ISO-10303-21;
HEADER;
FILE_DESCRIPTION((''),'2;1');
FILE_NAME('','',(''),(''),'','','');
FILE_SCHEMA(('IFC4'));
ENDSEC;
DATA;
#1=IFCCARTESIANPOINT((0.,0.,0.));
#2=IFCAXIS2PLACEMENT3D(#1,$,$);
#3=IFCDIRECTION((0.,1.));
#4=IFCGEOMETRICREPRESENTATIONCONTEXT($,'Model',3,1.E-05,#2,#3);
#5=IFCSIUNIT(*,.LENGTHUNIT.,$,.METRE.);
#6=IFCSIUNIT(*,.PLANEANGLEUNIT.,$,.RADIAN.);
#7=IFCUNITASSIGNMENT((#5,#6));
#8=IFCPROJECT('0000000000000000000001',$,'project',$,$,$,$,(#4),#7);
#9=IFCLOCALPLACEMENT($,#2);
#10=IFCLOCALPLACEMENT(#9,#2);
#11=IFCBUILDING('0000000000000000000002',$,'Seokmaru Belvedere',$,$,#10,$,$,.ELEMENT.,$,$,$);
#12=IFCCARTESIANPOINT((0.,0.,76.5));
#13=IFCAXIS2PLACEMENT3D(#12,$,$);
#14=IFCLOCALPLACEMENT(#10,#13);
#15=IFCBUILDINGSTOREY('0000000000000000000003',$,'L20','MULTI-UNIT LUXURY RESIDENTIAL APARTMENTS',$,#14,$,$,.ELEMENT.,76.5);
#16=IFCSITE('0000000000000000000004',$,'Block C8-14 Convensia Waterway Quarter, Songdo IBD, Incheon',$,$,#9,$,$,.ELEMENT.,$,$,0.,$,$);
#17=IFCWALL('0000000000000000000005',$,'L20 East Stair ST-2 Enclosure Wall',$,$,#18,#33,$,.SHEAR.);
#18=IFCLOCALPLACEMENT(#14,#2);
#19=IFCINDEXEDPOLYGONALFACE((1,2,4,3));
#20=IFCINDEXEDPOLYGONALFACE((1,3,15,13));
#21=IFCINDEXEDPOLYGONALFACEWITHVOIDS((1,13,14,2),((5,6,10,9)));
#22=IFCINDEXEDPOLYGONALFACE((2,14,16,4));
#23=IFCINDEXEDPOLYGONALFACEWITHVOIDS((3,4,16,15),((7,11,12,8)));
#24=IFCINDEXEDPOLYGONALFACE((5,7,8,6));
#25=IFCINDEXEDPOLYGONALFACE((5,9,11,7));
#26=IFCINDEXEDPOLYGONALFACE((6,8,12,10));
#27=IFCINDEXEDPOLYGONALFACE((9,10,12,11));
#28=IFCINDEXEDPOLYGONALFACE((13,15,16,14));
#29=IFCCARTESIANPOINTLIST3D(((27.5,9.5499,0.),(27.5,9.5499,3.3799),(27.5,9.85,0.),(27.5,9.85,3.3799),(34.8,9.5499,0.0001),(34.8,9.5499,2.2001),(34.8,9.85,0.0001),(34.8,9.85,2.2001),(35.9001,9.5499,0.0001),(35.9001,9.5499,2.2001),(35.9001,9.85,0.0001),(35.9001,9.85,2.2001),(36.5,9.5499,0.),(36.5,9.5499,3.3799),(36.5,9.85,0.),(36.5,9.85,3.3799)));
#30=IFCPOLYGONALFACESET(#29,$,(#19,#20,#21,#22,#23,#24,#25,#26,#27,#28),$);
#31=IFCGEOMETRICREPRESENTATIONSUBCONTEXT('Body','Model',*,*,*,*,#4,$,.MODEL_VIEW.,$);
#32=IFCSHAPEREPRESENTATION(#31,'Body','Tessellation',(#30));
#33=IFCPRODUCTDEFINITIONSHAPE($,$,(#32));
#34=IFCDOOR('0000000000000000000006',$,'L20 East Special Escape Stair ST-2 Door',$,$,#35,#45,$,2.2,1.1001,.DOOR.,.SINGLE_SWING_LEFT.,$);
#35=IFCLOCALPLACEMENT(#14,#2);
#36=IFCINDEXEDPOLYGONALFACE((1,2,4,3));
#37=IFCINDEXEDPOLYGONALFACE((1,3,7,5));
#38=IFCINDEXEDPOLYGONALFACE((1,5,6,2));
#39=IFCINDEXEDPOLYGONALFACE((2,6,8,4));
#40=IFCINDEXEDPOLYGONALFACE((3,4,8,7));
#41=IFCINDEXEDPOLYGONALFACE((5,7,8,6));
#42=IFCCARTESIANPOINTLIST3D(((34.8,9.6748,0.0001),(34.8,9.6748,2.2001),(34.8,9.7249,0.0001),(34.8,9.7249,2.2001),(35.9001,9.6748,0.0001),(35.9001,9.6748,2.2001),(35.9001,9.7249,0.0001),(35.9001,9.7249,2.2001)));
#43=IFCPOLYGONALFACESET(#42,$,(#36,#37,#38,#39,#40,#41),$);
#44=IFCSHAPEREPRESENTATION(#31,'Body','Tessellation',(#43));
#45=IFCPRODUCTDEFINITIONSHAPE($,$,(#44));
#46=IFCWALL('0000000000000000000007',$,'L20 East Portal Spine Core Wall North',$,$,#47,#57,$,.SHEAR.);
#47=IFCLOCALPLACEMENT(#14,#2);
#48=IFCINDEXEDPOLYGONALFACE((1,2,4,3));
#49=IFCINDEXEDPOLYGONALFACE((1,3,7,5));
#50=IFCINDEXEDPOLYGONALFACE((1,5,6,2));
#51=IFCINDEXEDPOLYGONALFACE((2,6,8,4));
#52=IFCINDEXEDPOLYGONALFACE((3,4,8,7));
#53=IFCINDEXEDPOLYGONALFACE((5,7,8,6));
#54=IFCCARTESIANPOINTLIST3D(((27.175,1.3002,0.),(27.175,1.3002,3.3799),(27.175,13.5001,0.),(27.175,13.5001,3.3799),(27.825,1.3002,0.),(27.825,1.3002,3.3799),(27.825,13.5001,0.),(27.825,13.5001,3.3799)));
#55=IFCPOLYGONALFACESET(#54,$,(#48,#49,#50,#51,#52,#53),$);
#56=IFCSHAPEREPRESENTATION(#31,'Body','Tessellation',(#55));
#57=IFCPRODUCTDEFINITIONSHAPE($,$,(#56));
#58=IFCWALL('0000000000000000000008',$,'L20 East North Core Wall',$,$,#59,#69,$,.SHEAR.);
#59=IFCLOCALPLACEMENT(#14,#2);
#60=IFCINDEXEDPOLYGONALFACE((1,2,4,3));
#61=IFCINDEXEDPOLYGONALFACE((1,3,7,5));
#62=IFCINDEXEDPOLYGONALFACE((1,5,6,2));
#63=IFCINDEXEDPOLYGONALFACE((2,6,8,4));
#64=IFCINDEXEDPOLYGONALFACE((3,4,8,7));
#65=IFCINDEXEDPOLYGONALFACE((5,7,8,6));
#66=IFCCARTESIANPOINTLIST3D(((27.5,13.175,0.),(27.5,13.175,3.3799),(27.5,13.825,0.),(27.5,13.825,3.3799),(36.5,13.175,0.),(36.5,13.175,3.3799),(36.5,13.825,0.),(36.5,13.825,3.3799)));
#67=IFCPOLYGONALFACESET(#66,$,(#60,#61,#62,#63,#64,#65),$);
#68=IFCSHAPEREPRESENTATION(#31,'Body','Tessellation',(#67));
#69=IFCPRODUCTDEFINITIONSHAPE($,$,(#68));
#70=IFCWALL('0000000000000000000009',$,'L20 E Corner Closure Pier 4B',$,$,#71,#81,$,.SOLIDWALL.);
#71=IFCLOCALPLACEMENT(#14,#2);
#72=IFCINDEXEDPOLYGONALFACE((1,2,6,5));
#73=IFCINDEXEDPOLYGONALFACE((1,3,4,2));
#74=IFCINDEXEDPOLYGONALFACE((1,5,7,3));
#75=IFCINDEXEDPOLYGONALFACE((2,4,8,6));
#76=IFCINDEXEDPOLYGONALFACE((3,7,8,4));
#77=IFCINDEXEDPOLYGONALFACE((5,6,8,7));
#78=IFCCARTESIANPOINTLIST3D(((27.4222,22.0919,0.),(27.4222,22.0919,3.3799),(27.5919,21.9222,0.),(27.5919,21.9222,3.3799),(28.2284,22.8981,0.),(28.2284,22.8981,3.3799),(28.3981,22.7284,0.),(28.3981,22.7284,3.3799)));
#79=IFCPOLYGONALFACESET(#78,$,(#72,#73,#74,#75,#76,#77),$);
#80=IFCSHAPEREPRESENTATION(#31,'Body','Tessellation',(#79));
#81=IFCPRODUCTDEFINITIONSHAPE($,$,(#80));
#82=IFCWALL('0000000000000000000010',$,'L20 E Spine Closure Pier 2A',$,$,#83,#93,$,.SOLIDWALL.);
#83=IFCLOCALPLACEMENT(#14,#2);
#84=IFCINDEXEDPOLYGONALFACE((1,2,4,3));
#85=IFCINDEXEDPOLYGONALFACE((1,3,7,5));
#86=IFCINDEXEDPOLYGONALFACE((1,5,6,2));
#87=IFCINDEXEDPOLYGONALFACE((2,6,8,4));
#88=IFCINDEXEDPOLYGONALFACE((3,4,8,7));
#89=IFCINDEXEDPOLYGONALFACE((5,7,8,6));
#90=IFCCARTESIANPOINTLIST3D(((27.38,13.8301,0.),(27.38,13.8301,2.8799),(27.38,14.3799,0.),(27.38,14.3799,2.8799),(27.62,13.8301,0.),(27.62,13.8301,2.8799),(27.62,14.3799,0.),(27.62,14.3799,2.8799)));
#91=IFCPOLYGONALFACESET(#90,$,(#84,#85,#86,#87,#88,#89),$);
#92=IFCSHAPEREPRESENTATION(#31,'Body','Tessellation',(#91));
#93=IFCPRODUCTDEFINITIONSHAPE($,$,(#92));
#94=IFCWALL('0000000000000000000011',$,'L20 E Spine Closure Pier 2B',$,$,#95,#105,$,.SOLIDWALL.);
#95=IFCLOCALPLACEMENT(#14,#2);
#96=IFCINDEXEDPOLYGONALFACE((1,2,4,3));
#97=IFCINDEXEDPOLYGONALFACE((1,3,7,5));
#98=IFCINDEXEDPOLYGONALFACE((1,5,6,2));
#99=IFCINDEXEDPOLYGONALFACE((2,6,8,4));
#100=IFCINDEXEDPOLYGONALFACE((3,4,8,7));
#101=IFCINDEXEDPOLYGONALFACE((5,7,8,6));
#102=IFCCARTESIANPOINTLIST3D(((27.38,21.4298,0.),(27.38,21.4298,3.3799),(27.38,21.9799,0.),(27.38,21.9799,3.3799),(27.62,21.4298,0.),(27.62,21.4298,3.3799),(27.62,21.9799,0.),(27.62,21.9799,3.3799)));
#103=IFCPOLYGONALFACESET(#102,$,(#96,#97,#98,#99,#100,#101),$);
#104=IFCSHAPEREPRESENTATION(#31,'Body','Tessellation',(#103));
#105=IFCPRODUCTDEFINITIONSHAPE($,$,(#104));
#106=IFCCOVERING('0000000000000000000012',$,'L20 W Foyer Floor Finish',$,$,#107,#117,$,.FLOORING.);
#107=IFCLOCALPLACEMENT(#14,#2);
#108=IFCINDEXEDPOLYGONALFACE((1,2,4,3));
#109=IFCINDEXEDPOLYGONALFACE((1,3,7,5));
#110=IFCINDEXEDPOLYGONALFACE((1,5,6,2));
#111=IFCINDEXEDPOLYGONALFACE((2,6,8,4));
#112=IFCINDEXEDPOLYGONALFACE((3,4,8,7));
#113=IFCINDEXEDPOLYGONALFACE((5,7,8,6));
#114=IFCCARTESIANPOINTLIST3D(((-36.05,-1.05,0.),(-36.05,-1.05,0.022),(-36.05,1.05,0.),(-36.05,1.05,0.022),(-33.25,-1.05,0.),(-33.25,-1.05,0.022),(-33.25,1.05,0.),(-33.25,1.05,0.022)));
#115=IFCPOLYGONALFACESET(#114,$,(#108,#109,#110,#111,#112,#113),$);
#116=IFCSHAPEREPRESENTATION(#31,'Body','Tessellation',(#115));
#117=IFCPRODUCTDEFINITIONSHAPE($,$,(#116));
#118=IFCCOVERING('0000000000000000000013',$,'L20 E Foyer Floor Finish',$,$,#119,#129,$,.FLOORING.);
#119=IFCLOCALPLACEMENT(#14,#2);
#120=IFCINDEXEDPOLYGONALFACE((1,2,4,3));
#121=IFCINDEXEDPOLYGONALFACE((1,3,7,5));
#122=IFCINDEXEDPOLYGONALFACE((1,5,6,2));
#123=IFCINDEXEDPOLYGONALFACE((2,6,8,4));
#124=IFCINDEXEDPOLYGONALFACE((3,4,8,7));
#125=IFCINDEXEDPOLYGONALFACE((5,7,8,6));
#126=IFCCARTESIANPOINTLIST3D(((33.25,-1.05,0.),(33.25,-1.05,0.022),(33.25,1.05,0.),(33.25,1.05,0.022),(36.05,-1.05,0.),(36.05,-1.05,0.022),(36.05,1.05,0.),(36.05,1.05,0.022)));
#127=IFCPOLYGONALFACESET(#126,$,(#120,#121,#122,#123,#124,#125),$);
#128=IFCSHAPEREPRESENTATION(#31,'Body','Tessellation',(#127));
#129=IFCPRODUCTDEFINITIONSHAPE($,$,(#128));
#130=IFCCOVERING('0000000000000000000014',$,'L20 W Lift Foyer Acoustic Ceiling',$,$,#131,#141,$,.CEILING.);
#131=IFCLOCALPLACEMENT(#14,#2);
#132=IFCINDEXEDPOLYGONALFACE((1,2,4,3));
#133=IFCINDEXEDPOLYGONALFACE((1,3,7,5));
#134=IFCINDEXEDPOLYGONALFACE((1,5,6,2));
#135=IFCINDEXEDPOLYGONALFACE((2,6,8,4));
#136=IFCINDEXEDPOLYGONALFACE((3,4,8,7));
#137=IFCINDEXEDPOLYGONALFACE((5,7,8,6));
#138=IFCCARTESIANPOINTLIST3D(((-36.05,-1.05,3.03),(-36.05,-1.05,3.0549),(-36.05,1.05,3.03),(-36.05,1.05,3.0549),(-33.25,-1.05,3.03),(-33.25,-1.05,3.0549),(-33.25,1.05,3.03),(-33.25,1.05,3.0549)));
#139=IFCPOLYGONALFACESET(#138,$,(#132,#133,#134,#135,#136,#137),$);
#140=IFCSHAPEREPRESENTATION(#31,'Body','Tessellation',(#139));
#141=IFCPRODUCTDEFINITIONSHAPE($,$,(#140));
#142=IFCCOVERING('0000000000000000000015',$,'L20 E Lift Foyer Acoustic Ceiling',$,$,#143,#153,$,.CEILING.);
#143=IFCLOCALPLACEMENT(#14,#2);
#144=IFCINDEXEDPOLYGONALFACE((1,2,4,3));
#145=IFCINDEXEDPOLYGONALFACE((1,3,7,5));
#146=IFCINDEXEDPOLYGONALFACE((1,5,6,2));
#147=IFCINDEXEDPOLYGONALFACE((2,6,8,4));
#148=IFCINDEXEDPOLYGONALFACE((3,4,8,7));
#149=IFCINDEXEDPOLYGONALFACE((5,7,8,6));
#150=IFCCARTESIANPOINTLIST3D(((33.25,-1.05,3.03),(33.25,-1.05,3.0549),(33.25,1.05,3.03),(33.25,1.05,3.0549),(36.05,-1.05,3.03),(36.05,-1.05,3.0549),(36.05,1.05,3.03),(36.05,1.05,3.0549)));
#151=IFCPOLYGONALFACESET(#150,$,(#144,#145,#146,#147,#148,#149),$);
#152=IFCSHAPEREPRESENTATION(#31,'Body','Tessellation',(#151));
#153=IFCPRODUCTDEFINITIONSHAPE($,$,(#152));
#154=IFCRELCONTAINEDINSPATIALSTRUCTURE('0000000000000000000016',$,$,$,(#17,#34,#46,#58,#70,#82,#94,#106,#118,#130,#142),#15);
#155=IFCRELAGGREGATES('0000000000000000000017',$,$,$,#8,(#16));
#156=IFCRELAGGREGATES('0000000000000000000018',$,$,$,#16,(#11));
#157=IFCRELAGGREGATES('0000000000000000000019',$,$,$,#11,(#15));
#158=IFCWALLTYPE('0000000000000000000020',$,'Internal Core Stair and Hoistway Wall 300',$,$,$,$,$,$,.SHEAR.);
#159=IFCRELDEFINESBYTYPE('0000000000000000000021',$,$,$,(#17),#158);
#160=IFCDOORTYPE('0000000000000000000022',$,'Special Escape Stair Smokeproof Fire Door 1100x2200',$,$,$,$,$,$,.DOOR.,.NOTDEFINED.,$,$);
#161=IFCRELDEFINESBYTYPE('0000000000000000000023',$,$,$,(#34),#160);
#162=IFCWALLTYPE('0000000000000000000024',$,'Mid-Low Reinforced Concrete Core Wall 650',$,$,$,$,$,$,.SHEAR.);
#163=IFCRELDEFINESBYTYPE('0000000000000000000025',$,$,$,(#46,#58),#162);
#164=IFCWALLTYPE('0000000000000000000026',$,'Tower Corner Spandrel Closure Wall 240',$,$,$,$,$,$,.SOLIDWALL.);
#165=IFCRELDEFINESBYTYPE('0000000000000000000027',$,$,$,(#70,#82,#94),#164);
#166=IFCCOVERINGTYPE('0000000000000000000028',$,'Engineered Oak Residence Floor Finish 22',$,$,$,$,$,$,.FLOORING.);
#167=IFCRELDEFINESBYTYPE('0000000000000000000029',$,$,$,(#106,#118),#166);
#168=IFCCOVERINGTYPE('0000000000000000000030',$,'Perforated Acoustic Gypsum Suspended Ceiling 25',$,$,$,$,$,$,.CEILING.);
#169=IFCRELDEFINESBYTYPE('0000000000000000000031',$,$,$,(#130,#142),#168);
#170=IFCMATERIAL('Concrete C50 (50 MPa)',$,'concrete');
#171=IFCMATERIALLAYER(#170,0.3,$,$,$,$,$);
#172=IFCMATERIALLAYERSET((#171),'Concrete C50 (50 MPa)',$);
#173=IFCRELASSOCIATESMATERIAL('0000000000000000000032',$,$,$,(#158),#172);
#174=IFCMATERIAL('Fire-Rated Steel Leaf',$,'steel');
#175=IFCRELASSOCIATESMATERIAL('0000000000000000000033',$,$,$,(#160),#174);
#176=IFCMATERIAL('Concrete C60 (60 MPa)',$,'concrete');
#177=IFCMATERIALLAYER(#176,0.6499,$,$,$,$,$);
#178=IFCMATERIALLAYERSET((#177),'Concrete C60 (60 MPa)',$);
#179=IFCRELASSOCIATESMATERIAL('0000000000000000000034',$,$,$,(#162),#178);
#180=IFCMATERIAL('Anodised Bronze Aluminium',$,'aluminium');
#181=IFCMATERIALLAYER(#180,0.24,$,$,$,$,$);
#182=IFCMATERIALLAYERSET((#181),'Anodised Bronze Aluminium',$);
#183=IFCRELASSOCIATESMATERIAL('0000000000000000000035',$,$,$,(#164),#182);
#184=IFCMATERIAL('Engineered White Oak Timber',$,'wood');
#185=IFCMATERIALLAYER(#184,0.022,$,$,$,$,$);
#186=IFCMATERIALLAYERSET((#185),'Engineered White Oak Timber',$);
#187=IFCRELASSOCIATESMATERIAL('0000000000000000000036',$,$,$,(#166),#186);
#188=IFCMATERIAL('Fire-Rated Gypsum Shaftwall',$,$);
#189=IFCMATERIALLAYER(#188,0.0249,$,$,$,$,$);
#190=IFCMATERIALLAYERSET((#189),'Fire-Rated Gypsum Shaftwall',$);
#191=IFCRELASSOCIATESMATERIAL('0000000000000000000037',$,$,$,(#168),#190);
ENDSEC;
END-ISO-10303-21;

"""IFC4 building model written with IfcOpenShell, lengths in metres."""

from ifc_helpers import new_model, si_unit, direction, frame, frame_2d, origin, place, context, subcontext, project, spatial, polyline, rectangle, outline, extrude, source, transform, mapped, material, layer, layer_set, type_object, type_shapes, element, fill, save


model = new_model("IFC4")

# Units and contexts
model_context = context("Model", 3, precision=1e-05, world=origin(), true_north=direction((0.0, 1.0)))
body_context = subcontext(model_context, "Body", "Model", "MODEL_VIEW")
ifc_project = project(units=[si_unit("LENGTHUNIT", "METRE"), si_unit("PLANEANGLEUNIT", "RADIAN")], contexts=[model_context])

# Site, building, storey
site_placement = place(None, origin())
site = spatial("IfcSite", under=ifc_project, at=site_placement, Name="Block C8-14 Convensia Waterway Quarter, Songdo IBD, Incheon", CompositionType="ELEMENT", RefElevation=0.0)
building_placement = place(site_placement, origin())
building = spatial("IfcBuilding", under=site, at=building_placement, Name="Seokmaru Belvedere", CompositionType="ELEMENT")
storey_placement = place(building_placement, frame((0.0, 0.0, 76.5)))
storey = spatial("IfcBuildingStorey", under=building, at=storey_placement, Name="L20", Description="MULTI-UNIT LUXURY RESIDENTIAL APARTMENTS", CompositionType="ELEMENT", Elevation=76.5)

# Shared definitions
ifc_material_1 = material(Name="Anodised Bronze Aluminium", Category="aluminium")

# Shared definitions
ifc_material_2 = material(Name="Fire-Rated Gypsum Shaftwall")

# Shared definitions
ifc_material_3 = material(Name="Concrete C50 (50 MPa)", Category="concrete")

# Wall, opening, door
ifc_layer_1 = layer(ifc_material_3, 0.3)
ifc_layer_set_1 = layer_set([ifc_layer_1], Name="Concrete C50 (50 MPa)")
wall_type_1 = type_object("IfcWallType", Name="Internal Core Stair and Hoistway Wall 300", PredefinedType="SHEAR", material=ifc_layer_set_1)
wall_1_placement = place(storey_placement, frame((27.5, 9.7, 0.0), z_axis=(0.0, 0.0, 1.0), x_axis=(1.0, 0.0, 0.0)))
wall_1 = element("IfcWall", 1, at=wall_1_placement, inside=storey, type_object=wall_type_1, Name="L20 East Stair ST-2 Enclosure Wall", PredefinedType="SHEAR", context=body_context, shape_type="SweptSolid", body=[
    extrude(rectangle(XDim=9.0, YDim=0.3, at=frame_2d((4.5, 0.0))), origin(), (0.0, 0.0, 1.0), 3.3799),
])
opening_1_placement = place(wall_1_placement, frame((7.3, 0.0, 0.0)))
opening_1 = element("IfcOpeningElement", 2, at=opening_1_placement, cuts=wall_1, PredefinedType="OPENING", context=body_context, shape_type="SweptSolid", body=[
    extrude(rectangle(XDim=1.1001, YDim=2.2, at=frame_2d((0.55, 1.1001))), frame((0.0, 0.1602, 0.0), z_axis=(0.0, -1.0, 0.0), x_axis=(1.0, 0.0, 0.0)), (0.0, 0.0, 1.0), 0.3201),
])
ifc_material_4 = material(Name="Fire-Rated Steel Leaf", Category="steel")
door_type = type_object("IfcDoorType", Name="Special Escape Stair Smokeproof Fire Door 1100x2200", OperationType="NOTDEFINED", PredefinedType="DOOR", material=ifc_material_4)
shared_shape_1 = source(origin(), body_context, "Body", "SweptSolid", [
    extrude(rectangle(XDim=1.1001, YDim=2.2, at=frame_2d((0.55, 1.1001))), frame((0.0, 0.0249, 0.0), z_axis=(0.0, -1.0, 0.0), x_axis=(1.0, 0.0, 0.0)), (0.0, 0.0, 1.0), 0.05),
])
type_shapes(door_type, [shared_shape_1])
door_placement = place(opening_1_placement, origin())
door = element("IfcDoor", 3, at=door_placement, inside=storey, type_object=door_type, Name="L20 East Special Escape Stair ST-2 Door", OperationType="SINGLE_SWING_LEFT", OverallHeight=2.2, OverallWidth=1.1001, PredefinedType="DOOR", context=body_context, shape_type="MappedRepresentation", body=[
    mapped(shared_shape_1, transform((0.0, 0.0, 0.0), scale=1.0)),
])
fill(opening_1, door)

# Walls
ifc_material_5 = material(Name="Concrete C60 (60 MPa)", Category="concrete")
ifc_layer_2 = layer(ifc_material_5, 0.6499)
ifc_layer_set_2 = layer_set([ifc_layer_2], Name="Concrete C60 (60 MPa)")
wall_type_2 = type_object("IfcWallType", Name="Mid-Low Reinforced Concrete Core Wall 650", PredefinedType="SHEAR", material=ifc_layer_set_2)
wall_2_placement = place(storey_placement, frame((27.5, 1.3, 0.0), z_axis=(0.0, 0.0, 1.0), x_axis=(0.0, 1.0, 0.0)))
element("IfcWall", 4, at=wall_2_placement, inside=storey, type_object=wall_type_2, Name="L20 East Portal Spine Core Wall North", PredefinedType="SHEAR", context=body_context, shape_type="SweptSolid", body=[
    extrude(rectangle(XDim=12.2, YDim=0.6499, at=frame_2d((6.1001, 0.0))), origin(), (0.0, 0.0, 1.0), 3.3799),
])
wall_3_placement = place(storey_placement, frame((27.5, 13.5, 0.0), z_axis=(0.0, 0.0, 1.0), x_axis=(1.0, 0.0, 0.0)))
element("IfcWall", 5, at=wall_3_placement, inside=storey, type_object=wall_type_2, Name="L20 East North Core Wall", PredefinedType="SHEAR", context=body_context, shape_type="SweptSolid", body=[
    extrude(rectangle(XDim=9.0, YDim=0.6499, at=frame_2d((4.5, 0.0))), origin(), (0.0, 0.0, 1.0), 3.3799),
])
ifc_layer_3 = layer(ifc_material_1, 0.24)
ifc_layer_set_3 = layer_set([ifc_layer_3], Name="Anodised Bronze Aluminium")
wall_type_3 = type_object("IfcWallType", Name="Tower Corner Spandrel Closure Wall 240", PredefinedType="SOLIDWALL", material=ifc_layer_set_3)
wall_4_placement = place(storey_placement, frame((28.3132, 22.8132, 0.0), z_axis=(0.0, 0.0, 1.0), x_axis=(-0.707107, -0.707107, 0.0)))
element("IfcWall", 6, at=wall_4_placement, inside=storey, type_object=wall_type_3, Name="L20 E Corner Closure Pier 4B", PredefinedType="SOLIDWALL", context=body_context, shape_type="SweptSolid", body=[
    extrude(rectangle(XDim=1.1401, YDim=0.24, at=frame_2d((0.5701, 0.0))), origin(), (0.0, 0.0, 1.0), 3.3799),
])
wall_5_placement = place(storey_placement, frame((27.5, 13.8301, 0.0), z_axis=(0.0, 0.0, 1.0), x_axis=(0.0, 1.0, 0.0)))
element("IfcWall", 7, at=wall_5_placement, inside=storey, type_object=wall_type_3, Name="L20 E Spine Closure Pier 2A", PredefinedType="SOLIDWALL", context=body_context, shape_type="SweptSolid", body=[
    extrude(rectangle(XDim=0.5498, YDim=0.24, at=frame_2d((0.2749, 0.0))), origin(), (0.0, 0.0, 1.0), 2.8799),
])
wall_6_placement = place(storey_placement, frame((27.5, 21.4299, 0.0), z_axis=(0.0, 0.0, 1.0), x_axis=(0.0, 1.0, 0.0)))
element("IfcWall", 8, at=wall_6_placement, inside=storey, type_object=wall_type_3, Name="L20 E Spine Closure Pier 2B", PredefinedType="SOLIDWALL", context=body_context, shape_type="SweptSolid", body=[
    extrude(rectangle(XDim=0.55, YDim=0.24, at=frame_2d((0.2749, 0.0))), origin(), (0.0, 0.0, 1.0), 3.3799),
])

# Coverings
ifc_material_6 = material(Name="Engineered White Oak Timber", Category="wood")
ifc_layer_4 = layer(ifc_material_6, 0.022)
ifc_layer_set_4 = layer_set([ifc_layer_4], Name="Engineered White Oak Timber")
covering_type_1 = type_object("IfcCoveringType", Name="Engineered Oak Residence Floor Finish 22", PredefinedType="FLOORING", material=ifc_layer_set_4)
covering_1_placement = place(storey_placement, origin())
element("IfcCovering", 9, at=covering_1_placement, inside=storey, type_object=covering_type_1, Name="L20 W Foyer Floor Finish", PredefinedType="FLOORING", context=body_context, shape_type="SweptSolid", body=[
    extrude(outline(polyline([(-36.05, -1.05), (-33.25, -1.05), (-33.25, 1.05), (-36.05, 1.05), (-36.05, -1.05)])), origin(), (0.0, 0.0, 1.0), 0.022),
])
covering_2_placement = place(storey_placement, origin())
element("IfcCovering", 10, at=covering_2_placement, inside=storey, type_object=covering_type_1, Name="L20 E Foyer Floor Finish", PredefinedType="FLOORING", context=body_context, shape_type="SweptSolid", body=[
    extrude(outline(polyline([(33.25, -1.05), (36.05, -1.05), (36.05, 1.05), (33.25, 1.05), (33.25, -1.05)])), origin(), (0.0, 0.0, 1.0), 0.022),
])
ifc_layer_5 = layer(ifc_material_2, 0.0249)
ifc_layer_set_5 = layer_set([ifc_layer_5], Name="Fire-Rated Gypsum Shaftwall")
covering_type_2 = type_object("IfcCoveringType", Name="Perforated Acoustic Gypsum Suspended Ceiling 25", PredefinedType="CEILING", material=ifc_layer_set_5)
covering_3_placement = place(storey_placement, frame((0.0, 0.0, 3.03)))
element("IfcCovering", 11, at=covering_3_placement, inside=storey, type_object=covering_type_2, Name="L20 W Lift Foyer Acoustic Ceiling", PredefinedType="CEILING", context=body_context, shape_type="SweptSolid", body=[
    extrude(outline(polyline([(-36.05, -1.05), (-33.25, -1.05), (-33.25, 1.05), (-36.05, 1.05), (-36.05, -1.05)])), origin(), (0.0, 0.0, 1.0), 0.0249),
])
covering_4_placement = place(storey_placement, frame((0.0, 0.0, 3.03)))
element("IfcCovering", 12, at=covering_4_placement, inside=storey, type_object=covering_type_2, Name="L20 E Lift Foyer Acoustic Ceiling", PredefinedType="CEILING", context=body_context, shape_type="SweptSolid", body=[
    extrude(outline(polyline([(33.25, -1.05), (36.05, -1.05), (36.05, 1.05), (33.25, 1.05), (33.25, -1.05)])), origin(), (0.0, 0.0, 1.0), 0.0249),
])

save(model, "model.ifc")
